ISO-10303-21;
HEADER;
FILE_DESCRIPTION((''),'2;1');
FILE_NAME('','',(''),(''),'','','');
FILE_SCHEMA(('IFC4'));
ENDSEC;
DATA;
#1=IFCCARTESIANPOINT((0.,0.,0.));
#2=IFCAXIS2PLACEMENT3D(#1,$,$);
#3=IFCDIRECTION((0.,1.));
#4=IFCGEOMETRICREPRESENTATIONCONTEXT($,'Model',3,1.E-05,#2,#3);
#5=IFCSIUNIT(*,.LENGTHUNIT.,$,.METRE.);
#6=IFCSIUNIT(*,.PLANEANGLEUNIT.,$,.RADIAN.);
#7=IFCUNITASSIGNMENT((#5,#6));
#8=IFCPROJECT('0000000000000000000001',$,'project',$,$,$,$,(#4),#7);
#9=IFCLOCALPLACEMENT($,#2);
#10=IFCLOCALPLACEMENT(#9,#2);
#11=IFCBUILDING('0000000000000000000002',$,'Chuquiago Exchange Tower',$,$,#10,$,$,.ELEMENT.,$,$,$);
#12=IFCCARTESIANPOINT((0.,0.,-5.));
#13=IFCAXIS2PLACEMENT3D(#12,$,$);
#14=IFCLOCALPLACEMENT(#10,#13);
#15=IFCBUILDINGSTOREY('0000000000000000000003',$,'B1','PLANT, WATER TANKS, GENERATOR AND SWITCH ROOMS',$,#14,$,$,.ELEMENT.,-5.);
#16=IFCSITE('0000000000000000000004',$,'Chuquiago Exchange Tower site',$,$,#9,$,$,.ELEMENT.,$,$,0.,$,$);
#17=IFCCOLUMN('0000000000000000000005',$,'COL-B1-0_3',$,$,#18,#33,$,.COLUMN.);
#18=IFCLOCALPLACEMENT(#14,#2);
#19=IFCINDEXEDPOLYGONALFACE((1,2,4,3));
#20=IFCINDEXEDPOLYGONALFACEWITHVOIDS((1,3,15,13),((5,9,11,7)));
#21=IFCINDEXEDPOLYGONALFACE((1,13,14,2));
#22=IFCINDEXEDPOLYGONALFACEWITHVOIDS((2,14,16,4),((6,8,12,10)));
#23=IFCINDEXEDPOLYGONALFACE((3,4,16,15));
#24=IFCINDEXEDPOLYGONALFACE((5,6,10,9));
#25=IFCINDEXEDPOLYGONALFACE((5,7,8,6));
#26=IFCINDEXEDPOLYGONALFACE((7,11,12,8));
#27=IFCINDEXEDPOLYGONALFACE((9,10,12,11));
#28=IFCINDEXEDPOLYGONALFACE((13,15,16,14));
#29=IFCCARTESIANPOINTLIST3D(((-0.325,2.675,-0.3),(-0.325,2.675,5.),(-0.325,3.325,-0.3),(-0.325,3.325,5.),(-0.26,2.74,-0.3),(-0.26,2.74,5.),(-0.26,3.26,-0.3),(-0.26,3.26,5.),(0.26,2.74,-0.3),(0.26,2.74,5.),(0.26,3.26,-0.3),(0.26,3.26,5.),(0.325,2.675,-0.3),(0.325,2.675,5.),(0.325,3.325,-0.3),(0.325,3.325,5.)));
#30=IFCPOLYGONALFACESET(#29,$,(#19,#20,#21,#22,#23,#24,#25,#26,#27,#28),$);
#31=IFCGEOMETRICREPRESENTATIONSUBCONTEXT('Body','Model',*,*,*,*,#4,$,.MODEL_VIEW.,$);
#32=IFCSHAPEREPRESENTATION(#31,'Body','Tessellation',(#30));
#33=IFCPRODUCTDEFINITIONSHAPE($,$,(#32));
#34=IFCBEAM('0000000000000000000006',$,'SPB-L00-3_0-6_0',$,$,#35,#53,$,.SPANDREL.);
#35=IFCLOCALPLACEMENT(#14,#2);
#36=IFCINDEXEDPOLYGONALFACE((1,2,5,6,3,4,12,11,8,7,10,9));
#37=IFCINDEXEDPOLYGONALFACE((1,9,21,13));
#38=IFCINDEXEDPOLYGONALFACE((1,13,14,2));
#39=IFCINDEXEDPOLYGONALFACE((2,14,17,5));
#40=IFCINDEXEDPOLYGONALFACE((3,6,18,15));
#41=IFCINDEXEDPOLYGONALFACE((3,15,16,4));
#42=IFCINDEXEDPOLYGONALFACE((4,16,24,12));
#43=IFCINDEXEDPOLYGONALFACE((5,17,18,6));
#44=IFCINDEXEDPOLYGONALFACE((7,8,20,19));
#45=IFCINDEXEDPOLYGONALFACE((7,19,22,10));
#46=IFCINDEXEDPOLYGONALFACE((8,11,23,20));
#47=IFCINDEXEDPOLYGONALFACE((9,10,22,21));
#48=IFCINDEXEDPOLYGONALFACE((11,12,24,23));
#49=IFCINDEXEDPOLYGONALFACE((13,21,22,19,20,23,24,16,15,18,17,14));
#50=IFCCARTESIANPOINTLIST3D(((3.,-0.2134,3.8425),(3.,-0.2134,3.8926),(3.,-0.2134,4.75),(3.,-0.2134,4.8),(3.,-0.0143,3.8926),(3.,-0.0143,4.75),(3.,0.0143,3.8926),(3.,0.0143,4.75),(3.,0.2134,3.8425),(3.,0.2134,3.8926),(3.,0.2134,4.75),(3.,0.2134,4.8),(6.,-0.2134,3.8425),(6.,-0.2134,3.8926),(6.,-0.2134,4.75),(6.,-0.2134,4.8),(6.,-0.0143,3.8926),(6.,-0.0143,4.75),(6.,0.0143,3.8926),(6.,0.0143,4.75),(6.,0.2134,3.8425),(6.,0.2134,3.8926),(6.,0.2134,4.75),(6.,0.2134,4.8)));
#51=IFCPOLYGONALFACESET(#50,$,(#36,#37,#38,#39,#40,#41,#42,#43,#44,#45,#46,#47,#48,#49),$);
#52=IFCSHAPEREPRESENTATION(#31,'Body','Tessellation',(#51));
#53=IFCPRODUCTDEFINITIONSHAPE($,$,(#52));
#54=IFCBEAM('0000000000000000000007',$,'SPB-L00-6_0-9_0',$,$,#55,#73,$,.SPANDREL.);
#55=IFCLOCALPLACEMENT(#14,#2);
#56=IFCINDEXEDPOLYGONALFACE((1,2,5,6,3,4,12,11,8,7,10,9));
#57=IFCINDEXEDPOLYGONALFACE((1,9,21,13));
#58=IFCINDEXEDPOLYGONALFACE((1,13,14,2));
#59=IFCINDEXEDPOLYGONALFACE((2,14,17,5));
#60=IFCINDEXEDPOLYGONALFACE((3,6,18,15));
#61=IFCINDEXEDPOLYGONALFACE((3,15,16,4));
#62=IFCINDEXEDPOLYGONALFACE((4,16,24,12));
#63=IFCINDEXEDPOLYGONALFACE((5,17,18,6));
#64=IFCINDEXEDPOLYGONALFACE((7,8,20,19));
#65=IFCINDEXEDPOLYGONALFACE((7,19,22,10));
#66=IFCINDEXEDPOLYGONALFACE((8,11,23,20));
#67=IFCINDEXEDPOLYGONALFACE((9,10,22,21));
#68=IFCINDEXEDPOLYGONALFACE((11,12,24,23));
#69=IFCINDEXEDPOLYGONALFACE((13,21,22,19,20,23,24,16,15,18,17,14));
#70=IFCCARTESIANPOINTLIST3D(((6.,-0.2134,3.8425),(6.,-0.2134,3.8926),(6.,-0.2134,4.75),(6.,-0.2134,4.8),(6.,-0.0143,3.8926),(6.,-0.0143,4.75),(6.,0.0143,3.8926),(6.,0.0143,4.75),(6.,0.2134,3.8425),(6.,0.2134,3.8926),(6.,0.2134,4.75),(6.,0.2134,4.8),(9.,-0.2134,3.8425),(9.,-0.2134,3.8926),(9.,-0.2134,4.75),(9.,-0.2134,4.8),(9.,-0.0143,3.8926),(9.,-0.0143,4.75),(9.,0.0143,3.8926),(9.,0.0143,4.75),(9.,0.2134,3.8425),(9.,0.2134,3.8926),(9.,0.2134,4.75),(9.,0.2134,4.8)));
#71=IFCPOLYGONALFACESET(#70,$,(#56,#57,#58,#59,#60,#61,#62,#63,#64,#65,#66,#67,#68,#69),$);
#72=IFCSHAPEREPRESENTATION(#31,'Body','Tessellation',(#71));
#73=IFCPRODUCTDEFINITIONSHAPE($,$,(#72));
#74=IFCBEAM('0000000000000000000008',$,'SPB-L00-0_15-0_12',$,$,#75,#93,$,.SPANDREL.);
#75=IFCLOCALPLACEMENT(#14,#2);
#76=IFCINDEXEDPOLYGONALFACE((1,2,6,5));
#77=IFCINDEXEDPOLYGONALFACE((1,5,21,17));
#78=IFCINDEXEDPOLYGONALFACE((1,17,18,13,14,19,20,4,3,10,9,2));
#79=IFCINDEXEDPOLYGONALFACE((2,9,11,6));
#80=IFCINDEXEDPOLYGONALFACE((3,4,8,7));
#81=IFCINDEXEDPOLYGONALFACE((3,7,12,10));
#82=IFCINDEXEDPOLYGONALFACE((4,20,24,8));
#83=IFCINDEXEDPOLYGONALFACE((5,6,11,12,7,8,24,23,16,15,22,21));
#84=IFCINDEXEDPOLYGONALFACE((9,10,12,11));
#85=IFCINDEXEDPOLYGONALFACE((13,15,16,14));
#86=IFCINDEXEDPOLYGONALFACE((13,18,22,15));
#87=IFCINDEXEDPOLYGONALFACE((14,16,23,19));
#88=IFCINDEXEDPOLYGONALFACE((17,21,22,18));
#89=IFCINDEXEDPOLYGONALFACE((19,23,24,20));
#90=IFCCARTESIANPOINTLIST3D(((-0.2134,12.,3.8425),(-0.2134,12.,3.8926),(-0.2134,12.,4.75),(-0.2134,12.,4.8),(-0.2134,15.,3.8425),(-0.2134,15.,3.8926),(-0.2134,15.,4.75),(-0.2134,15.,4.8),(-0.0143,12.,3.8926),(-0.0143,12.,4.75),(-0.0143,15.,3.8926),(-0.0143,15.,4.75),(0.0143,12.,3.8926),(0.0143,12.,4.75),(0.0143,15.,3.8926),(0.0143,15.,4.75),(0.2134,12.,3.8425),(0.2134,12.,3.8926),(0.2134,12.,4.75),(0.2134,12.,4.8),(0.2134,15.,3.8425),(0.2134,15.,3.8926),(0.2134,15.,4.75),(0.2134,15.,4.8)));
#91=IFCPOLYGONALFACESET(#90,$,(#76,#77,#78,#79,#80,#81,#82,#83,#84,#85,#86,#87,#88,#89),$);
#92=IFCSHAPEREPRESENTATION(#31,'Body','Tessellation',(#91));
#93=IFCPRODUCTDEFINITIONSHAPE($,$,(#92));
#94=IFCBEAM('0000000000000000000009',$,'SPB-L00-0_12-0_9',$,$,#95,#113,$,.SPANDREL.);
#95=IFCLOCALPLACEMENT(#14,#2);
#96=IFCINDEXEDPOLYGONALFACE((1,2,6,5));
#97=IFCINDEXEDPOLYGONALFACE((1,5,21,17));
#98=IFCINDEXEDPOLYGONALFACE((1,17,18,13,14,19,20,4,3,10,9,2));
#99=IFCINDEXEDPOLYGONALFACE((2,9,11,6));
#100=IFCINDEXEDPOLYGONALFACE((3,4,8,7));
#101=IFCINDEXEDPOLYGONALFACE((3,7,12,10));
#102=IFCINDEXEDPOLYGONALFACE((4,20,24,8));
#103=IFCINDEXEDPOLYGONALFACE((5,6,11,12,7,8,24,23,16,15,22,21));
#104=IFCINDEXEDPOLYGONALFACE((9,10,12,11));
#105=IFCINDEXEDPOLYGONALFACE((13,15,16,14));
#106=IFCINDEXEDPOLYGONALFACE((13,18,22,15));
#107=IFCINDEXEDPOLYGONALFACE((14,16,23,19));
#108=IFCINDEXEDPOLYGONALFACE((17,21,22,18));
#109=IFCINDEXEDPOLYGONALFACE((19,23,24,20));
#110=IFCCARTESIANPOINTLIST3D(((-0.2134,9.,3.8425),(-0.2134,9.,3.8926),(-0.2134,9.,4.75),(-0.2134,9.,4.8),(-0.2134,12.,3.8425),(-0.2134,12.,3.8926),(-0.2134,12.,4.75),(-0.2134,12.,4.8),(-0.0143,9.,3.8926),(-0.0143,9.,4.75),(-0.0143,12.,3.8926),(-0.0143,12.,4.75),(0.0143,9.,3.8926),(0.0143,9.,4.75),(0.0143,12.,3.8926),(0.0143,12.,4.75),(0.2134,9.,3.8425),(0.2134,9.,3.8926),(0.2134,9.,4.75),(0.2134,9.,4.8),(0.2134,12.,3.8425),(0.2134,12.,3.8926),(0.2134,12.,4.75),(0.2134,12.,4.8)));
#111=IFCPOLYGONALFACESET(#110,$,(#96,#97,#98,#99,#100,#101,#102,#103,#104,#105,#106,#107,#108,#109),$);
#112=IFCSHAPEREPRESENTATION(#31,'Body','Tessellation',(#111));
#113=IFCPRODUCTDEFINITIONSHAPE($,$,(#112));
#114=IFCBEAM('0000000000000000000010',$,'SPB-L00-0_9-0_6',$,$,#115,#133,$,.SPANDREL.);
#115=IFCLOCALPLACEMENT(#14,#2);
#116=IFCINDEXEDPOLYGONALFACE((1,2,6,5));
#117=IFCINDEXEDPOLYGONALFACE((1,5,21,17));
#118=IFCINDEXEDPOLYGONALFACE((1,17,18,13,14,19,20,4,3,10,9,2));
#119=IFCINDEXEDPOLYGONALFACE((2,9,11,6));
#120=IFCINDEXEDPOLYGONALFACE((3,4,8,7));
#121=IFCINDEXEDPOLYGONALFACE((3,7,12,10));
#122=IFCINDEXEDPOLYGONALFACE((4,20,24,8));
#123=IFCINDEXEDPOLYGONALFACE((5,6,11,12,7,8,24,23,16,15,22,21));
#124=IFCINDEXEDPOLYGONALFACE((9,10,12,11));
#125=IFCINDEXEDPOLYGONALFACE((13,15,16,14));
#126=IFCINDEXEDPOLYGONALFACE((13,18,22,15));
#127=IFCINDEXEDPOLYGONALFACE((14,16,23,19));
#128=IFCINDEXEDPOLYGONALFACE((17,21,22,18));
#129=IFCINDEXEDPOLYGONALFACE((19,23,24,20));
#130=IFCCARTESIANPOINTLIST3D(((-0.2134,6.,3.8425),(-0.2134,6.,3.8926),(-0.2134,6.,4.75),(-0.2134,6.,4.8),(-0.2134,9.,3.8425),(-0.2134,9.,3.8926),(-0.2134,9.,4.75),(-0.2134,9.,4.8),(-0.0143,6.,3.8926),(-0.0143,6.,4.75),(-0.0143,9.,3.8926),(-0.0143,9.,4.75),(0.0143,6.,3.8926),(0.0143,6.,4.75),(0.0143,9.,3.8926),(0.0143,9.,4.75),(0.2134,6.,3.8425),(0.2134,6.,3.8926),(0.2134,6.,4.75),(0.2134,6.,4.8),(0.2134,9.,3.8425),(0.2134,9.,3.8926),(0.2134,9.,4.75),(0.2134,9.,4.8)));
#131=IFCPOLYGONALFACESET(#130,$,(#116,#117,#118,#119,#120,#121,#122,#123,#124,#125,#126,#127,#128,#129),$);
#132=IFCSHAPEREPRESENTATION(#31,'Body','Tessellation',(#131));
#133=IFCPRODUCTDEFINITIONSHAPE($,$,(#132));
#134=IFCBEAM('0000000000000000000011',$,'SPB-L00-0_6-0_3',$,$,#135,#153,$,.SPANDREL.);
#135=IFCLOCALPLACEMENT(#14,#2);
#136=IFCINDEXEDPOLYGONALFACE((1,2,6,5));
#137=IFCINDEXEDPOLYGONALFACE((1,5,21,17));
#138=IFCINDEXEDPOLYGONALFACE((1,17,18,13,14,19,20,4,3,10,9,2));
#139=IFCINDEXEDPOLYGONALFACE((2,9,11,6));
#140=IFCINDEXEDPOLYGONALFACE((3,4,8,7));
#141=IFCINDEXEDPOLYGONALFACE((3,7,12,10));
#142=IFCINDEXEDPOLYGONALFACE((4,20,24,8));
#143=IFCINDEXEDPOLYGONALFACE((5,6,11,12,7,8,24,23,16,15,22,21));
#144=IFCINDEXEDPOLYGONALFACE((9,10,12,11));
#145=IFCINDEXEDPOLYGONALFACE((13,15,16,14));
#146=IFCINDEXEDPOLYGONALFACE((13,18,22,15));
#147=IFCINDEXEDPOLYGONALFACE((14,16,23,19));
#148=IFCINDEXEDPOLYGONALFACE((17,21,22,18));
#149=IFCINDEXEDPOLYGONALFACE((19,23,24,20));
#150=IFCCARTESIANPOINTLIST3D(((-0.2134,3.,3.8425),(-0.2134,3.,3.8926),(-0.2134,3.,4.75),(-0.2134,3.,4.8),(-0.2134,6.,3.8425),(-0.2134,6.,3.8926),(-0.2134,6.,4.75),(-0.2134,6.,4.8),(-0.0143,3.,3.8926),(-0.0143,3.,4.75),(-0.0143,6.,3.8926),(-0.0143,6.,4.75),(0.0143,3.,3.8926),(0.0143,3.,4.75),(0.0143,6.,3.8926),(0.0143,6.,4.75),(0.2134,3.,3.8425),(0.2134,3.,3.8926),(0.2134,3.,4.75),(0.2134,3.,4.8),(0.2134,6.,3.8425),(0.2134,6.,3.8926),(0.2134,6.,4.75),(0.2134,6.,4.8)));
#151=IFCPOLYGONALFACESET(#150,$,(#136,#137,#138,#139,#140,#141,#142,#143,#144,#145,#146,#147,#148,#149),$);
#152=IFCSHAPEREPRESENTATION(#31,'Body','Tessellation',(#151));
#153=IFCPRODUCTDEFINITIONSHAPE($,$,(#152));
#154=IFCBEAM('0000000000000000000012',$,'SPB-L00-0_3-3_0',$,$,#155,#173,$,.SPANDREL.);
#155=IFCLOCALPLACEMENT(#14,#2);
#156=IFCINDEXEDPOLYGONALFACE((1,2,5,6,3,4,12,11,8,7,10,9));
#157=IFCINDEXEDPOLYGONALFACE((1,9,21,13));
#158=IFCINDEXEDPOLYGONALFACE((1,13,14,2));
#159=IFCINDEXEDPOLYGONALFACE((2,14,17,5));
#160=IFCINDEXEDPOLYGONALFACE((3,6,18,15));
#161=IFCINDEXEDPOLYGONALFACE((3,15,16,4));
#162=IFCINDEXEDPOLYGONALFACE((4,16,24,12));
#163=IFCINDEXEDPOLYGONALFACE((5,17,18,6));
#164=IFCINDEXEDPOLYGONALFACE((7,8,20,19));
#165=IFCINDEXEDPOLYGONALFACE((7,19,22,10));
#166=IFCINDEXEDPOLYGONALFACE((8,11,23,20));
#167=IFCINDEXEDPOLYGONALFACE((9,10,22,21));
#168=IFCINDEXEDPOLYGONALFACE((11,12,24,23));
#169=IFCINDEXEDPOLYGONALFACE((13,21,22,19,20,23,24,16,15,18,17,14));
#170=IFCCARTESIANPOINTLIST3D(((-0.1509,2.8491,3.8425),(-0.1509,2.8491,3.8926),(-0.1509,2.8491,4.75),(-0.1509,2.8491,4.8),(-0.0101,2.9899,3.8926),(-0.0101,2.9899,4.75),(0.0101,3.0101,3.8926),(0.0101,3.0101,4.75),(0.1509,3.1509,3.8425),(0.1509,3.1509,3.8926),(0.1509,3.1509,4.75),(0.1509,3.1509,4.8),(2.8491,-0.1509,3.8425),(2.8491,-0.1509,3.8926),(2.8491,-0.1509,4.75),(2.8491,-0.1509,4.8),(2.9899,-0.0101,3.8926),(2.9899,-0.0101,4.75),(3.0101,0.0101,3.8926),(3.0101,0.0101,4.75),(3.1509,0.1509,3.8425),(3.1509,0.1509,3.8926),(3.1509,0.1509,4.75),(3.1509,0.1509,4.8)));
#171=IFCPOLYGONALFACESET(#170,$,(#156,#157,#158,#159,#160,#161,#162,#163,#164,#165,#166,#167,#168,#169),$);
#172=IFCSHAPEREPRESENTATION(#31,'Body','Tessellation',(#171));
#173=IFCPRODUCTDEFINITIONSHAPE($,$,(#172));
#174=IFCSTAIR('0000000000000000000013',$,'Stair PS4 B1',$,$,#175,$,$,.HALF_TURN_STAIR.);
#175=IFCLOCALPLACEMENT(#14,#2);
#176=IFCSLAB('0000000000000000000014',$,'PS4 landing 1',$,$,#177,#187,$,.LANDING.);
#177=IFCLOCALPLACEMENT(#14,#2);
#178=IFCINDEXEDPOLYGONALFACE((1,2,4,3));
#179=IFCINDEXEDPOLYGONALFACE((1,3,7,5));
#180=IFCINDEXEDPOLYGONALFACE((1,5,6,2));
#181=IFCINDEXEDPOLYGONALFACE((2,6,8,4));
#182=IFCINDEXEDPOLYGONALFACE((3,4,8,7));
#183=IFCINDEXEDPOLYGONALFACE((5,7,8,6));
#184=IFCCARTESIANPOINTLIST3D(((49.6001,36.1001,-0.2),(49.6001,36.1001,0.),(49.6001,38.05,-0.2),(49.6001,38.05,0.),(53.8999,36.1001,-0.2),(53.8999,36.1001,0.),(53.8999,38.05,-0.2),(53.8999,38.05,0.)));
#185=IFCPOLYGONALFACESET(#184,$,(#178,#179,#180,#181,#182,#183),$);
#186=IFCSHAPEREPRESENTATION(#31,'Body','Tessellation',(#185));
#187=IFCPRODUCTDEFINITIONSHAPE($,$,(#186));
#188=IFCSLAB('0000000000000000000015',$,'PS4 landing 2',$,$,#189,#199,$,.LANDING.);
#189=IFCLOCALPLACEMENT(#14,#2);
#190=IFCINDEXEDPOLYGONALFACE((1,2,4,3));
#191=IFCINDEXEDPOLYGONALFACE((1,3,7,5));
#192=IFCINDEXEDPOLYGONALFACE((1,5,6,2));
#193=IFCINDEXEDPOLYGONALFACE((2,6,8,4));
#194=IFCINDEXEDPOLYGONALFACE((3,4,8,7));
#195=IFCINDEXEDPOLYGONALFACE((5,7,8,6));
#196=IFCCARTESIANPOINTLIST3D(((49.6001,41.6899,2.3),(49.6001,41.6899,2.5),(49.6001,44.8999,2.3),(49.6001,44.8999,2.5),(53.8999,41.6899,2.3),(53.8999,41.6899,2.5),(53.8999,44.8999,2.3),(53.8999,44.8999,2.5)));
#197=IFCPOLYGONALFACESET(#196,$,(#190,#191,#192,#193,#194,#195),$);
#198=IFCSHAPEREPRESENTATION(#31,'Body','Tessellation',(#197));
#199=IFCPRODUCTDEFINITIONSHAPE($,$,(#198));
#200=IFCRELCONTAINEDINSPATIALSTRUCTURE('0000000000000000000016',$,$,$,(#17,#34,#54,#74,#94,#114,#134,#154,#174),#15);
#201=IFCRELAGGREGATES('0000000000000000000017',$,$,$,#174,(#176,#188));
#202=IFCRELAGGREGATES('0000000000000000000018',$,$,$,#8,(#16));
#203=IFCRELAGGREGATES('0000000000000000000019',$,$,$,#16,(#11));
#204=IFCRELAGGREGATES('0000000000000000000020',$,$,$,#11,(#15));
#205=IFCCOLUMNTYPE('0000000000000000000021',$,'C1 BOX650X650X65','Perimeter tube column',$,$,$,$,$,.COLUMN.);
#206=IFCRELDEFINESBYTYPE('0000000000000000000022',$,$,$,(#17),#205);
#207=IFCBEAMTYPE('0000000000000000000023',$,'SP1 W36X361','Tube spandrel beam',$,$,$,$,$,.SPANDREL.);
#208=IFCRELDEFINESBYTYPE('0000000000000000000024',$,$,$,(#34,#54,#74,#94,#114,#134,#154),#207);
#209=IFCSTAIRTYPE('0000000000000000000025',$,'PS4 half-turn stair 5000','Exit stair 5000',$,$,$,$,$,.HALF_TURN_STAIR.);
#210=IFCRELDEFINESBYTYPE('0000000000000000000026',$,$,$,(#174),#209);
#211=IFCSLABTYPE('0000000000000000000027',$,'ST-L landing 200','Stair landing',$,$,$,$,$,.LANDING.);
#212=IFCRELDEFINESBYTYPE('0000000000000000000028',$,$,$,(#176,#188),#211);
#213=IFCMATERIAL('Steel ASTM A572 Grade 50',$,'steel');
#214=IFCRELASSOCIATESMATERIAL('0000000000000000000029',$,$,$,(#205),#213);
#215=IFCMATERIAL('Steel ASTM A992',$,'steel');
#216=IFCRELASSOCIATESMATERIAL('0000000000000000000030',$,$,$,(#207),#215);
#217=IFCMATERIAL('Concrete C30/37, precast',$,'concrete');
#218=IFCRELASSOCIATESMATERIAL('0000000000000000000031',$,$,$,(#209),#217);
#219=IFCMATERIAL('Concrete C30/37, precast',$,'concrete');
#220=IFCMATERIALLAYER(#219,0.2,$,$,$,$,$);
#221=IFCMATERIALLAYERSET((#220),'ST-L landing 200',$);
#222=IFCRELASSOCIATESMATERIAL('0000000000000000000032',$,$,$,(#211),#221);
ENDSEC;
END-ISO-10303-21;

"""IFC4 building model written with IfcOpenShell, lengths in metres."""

from ifc_helpers import new_model, si_unit, direction, frame, origin, origin_2d, place, context, subcontext, project, spatial, polyline, hollow_rectangle, i_section, outline, extrude, material, layer, layer_set, material_profile, profile_set, type_object, element, aggregate, save


model = new_model("IFC4")

# Units and contexts
model_context = context("Model", 3, precision=1e-05, world=origin(), true_north=direction((0.0, 1.0)))
body_context = subcontext(model_context, "Body", "Model", "MODEL_VIEW")
ifc_project = project(units=[si_unit("LENGTHUNIT", "METRE"), si_unit("PLANEANGLEUNIT", "RADIAN")], contexts=[model_context])

# Site, building, storey
site_placement = place(None, origin())
site = spatial("IfcSite", under=ifc_project, at=site_placement, Name="Chuquiago Exchange Tower site", CompositionType="ELEMENT", RefElevation=0.0)
building_placement = place(site_placement, origin())
building = spatial("IfcBuilding", under=site, at=building_placement, Name="Chuquiago Exchange Tower", CompositionType="ELEMENT")
storey_placement = place(building_placement, frame((0.0, 0.0, -5.0)))
storey = spatial("IfcBuildingStorey", under=building, at=storey_placement, Name="B1", Description="PLANT, WATER TANKS, GENERATOR AND SWITCH ROOMS", CompositionType="ELEMENT", Elevation=-5.0)

# Column
ifc_material_1 = material(Name="Steel ASTM A572 Grade 50", Category="steel")
ifc_material_profile_1 = material_profile(ifc_material_1, hollow_rectangle(XDim=0.6499, YDim=0.6499, WallThickness=0.0649, at=origin_2d()), Name="BOX650X650X65")
ifc_profile_set_1 = profile_set([ifc_material_profile_1], Name="Steel ASTM A572 Grade 50")
column_type = type_object("IfcColumnType", Name="C1 BOX650X650X65", Description="Perimeter tube column", PredefinedType="COLUMN", material=ifc_profile_set_1)
for number, where, z_axis, x_axis, name in (
    (1, (0.0, 3.0, -0.3), (0.0, 0.0, 1.0), (-1.0, 0.0, 0.0), "COL-B1-0_3"),
):
    element("IfcColumn", number, at=place(storey_placement, frame(where, z_axis=z_axis, x_axis=x_axis)), inside=storey, type_object=column_type, Name=name, PredefinedType="COLUMN", context=body_context, shape_type="SweptSolid", body=[
        extrude(hollow_rectangle(XDim=0.6499, YDim=0.6499, WallThickness=0.0649, at=origin_2d()), origin(), (0.0, 0.0, 1.0), 5.3),
    ])

# Beams
ifc_material_2 = material(Name="Steel ASTM A992", Category="steel")
ifc_material_profile_2 = material_profile(ifc_material_2, i_section(OverallWidth=0.4268, OverallDepth=0.9575, WebThickness=0.0286, FlangeThickness=0.05, at=origin_2d()), Name="W36X361")
ifc_profile_set_2 = profile_set([ifc_material_profile_2], Name="Steel ASTM A992")
beam_type = type_object("IfcBeamType", Name="SP1 W36X361", Description="Tube spandrel beam", PredefinedType="SPANDREL", material=ifc_profile_set_2)
for number, where, z_axis, x_axis, name in (
    (2, (3.0, 0.0, 4.3213), (1.0, 0.0, 0.0), (0.0, 1.0, 0.0), "SPB-L00-3_0-6_0"),
    (3, (6.0, 0.0, 4.3213), (1.0, 0.0, 0.0), (0.0, 1.0, 0.0), "SPB-L00-6_0-9_0"),
    (4, (0.0, 15.0, 4.3213), (0.0, -1.0, 0.0), (1.0, 0.0, 0.0), "SPB-L00-0_15-0_12"),
    (5, (0.0, 12.0, 4.3213), (0.0, -1.0, 0.0), (1.0, 0.0, 0.0), "SPB-L00-0_12-0_9"),
    (6, (0.0, 9.0, 4.3213), (0.0, -1.0, 0.0), (1.0, 0.0, 0.0), "SPB-L00-0_9-0_6"),
    (7, (0.0, 6.0, 4.3213), (0.0, -1.0, 0.0), (1.0, 0.0, 0.0), "SPB-L00-0_6-0_3"),
):
    element("IfcBeam", number, at=place(storey_placement, frame(where, z_axis=z_axis, x_axis=x_axis)), inside=storey, type_object=beam_type, Name=name, PredefinedType="SPANDREL", context=body_context, shape_type="SweptSolid", body=[
        extrude(i_section(OverallWidth=0.4268, OverallDepth=0.9575, WebThickness=0.0286, FlangeThickness=0.05, at=origin_2d()), origin(), (0.0, 0.0, 1.0), 3.0),
    ])
beam_placement = place(storey_placement, frame((0.0, 3.0, 4.3213), z_axis=(0.707107, -0.707107, 0.0), x_axis=(0.707107, 0.707107, 0.0)))
element("IfcBeam", 8, at=beam_placement, inside=storey, type_object=beam_type, Name="SPB-L00-0_3-3_0", PredefinedType="SPANDREL", context=body_context, shape_type="SweptSolid", body=[
    extrude(i_section(OverallWidth=0.4268, OverallDepth=0.9575, WebThickness=0.0286, FlangeThickness=0.05, at=origin_2d()), origin(), (0.0, 0.0, 1.0), 4.2427),
])

# Stair, slabs
ifc_material_3 = material(Name="Concrete C30/37, precast", Category="concrete")
stair_type = type_object("IfcStairType", Name="PS4 half-turn stair 5000", Description="Exit stair 5000", PredefinedType="HALF_TURN_STAIR", material=ifc_material_3)
stair_placement = place(storey_placement, origin())
stair = element("IfcStair", 9, at=stair_placement, inside=storey, type_object=stair_type, Name="Stair PS4 B1", PredefinedType="HALF_TURN_STAIR")
ifc_material_4 = material(Name="Concrete C30/37, precast", Category="concrete")
ifc_layer = layer(ifc_material_4, 0.2)
ifc_layer_set = layer_set([ifc_layer], Name="ST-L landing 200")
slab_type = type_object("IfcSlabType", Name="ST-L landing 200", Description="Stair landing", PredefinedType="LANDING", material=ifc_layer_set)
slab_1_placement = place(storey_placement, frame((0.0, 0.0, -0.2)))
slab_1 = element("IfcSlab", 10, at=slab_1_placement, type_object=slab_type, Name="PS4 landing 1", PredefinedType="LANDING", context=body_context, shape_type="SweptSolid", body=[
    extrude(outline(polyline([(53.8999, 36.1001), (53.8999, 38.05), (49.6001, 38.05), (49.6001, 36.1001), (53.8999, 36.1001)])), origin(), (0.0, 0.0, 1.0), 0.2),
])
slab_2_placement = place(storey_placement, frame((0.0, 0.0, 2.3)))
slab_2 = element("IfcSlab", 11, at=slab_2_placement, type_object=slab_type, Name="PS4 landing 2", PredefinedType="LANDING", context=body_context, shape_type="SweptSolid", body=[
    extrude(outline(polyline([(49.6001, 44.8999), (53.8999, 44.8999), (53.8999, 41.6899), (49.6001, 41.6899), (49.6001, 44.8999)])), origin(), (0.0, 0.0, 1.0), 0.2),
])
aggregate(stair, [slab_1, slab_2])

save(model, "model.ifc")
